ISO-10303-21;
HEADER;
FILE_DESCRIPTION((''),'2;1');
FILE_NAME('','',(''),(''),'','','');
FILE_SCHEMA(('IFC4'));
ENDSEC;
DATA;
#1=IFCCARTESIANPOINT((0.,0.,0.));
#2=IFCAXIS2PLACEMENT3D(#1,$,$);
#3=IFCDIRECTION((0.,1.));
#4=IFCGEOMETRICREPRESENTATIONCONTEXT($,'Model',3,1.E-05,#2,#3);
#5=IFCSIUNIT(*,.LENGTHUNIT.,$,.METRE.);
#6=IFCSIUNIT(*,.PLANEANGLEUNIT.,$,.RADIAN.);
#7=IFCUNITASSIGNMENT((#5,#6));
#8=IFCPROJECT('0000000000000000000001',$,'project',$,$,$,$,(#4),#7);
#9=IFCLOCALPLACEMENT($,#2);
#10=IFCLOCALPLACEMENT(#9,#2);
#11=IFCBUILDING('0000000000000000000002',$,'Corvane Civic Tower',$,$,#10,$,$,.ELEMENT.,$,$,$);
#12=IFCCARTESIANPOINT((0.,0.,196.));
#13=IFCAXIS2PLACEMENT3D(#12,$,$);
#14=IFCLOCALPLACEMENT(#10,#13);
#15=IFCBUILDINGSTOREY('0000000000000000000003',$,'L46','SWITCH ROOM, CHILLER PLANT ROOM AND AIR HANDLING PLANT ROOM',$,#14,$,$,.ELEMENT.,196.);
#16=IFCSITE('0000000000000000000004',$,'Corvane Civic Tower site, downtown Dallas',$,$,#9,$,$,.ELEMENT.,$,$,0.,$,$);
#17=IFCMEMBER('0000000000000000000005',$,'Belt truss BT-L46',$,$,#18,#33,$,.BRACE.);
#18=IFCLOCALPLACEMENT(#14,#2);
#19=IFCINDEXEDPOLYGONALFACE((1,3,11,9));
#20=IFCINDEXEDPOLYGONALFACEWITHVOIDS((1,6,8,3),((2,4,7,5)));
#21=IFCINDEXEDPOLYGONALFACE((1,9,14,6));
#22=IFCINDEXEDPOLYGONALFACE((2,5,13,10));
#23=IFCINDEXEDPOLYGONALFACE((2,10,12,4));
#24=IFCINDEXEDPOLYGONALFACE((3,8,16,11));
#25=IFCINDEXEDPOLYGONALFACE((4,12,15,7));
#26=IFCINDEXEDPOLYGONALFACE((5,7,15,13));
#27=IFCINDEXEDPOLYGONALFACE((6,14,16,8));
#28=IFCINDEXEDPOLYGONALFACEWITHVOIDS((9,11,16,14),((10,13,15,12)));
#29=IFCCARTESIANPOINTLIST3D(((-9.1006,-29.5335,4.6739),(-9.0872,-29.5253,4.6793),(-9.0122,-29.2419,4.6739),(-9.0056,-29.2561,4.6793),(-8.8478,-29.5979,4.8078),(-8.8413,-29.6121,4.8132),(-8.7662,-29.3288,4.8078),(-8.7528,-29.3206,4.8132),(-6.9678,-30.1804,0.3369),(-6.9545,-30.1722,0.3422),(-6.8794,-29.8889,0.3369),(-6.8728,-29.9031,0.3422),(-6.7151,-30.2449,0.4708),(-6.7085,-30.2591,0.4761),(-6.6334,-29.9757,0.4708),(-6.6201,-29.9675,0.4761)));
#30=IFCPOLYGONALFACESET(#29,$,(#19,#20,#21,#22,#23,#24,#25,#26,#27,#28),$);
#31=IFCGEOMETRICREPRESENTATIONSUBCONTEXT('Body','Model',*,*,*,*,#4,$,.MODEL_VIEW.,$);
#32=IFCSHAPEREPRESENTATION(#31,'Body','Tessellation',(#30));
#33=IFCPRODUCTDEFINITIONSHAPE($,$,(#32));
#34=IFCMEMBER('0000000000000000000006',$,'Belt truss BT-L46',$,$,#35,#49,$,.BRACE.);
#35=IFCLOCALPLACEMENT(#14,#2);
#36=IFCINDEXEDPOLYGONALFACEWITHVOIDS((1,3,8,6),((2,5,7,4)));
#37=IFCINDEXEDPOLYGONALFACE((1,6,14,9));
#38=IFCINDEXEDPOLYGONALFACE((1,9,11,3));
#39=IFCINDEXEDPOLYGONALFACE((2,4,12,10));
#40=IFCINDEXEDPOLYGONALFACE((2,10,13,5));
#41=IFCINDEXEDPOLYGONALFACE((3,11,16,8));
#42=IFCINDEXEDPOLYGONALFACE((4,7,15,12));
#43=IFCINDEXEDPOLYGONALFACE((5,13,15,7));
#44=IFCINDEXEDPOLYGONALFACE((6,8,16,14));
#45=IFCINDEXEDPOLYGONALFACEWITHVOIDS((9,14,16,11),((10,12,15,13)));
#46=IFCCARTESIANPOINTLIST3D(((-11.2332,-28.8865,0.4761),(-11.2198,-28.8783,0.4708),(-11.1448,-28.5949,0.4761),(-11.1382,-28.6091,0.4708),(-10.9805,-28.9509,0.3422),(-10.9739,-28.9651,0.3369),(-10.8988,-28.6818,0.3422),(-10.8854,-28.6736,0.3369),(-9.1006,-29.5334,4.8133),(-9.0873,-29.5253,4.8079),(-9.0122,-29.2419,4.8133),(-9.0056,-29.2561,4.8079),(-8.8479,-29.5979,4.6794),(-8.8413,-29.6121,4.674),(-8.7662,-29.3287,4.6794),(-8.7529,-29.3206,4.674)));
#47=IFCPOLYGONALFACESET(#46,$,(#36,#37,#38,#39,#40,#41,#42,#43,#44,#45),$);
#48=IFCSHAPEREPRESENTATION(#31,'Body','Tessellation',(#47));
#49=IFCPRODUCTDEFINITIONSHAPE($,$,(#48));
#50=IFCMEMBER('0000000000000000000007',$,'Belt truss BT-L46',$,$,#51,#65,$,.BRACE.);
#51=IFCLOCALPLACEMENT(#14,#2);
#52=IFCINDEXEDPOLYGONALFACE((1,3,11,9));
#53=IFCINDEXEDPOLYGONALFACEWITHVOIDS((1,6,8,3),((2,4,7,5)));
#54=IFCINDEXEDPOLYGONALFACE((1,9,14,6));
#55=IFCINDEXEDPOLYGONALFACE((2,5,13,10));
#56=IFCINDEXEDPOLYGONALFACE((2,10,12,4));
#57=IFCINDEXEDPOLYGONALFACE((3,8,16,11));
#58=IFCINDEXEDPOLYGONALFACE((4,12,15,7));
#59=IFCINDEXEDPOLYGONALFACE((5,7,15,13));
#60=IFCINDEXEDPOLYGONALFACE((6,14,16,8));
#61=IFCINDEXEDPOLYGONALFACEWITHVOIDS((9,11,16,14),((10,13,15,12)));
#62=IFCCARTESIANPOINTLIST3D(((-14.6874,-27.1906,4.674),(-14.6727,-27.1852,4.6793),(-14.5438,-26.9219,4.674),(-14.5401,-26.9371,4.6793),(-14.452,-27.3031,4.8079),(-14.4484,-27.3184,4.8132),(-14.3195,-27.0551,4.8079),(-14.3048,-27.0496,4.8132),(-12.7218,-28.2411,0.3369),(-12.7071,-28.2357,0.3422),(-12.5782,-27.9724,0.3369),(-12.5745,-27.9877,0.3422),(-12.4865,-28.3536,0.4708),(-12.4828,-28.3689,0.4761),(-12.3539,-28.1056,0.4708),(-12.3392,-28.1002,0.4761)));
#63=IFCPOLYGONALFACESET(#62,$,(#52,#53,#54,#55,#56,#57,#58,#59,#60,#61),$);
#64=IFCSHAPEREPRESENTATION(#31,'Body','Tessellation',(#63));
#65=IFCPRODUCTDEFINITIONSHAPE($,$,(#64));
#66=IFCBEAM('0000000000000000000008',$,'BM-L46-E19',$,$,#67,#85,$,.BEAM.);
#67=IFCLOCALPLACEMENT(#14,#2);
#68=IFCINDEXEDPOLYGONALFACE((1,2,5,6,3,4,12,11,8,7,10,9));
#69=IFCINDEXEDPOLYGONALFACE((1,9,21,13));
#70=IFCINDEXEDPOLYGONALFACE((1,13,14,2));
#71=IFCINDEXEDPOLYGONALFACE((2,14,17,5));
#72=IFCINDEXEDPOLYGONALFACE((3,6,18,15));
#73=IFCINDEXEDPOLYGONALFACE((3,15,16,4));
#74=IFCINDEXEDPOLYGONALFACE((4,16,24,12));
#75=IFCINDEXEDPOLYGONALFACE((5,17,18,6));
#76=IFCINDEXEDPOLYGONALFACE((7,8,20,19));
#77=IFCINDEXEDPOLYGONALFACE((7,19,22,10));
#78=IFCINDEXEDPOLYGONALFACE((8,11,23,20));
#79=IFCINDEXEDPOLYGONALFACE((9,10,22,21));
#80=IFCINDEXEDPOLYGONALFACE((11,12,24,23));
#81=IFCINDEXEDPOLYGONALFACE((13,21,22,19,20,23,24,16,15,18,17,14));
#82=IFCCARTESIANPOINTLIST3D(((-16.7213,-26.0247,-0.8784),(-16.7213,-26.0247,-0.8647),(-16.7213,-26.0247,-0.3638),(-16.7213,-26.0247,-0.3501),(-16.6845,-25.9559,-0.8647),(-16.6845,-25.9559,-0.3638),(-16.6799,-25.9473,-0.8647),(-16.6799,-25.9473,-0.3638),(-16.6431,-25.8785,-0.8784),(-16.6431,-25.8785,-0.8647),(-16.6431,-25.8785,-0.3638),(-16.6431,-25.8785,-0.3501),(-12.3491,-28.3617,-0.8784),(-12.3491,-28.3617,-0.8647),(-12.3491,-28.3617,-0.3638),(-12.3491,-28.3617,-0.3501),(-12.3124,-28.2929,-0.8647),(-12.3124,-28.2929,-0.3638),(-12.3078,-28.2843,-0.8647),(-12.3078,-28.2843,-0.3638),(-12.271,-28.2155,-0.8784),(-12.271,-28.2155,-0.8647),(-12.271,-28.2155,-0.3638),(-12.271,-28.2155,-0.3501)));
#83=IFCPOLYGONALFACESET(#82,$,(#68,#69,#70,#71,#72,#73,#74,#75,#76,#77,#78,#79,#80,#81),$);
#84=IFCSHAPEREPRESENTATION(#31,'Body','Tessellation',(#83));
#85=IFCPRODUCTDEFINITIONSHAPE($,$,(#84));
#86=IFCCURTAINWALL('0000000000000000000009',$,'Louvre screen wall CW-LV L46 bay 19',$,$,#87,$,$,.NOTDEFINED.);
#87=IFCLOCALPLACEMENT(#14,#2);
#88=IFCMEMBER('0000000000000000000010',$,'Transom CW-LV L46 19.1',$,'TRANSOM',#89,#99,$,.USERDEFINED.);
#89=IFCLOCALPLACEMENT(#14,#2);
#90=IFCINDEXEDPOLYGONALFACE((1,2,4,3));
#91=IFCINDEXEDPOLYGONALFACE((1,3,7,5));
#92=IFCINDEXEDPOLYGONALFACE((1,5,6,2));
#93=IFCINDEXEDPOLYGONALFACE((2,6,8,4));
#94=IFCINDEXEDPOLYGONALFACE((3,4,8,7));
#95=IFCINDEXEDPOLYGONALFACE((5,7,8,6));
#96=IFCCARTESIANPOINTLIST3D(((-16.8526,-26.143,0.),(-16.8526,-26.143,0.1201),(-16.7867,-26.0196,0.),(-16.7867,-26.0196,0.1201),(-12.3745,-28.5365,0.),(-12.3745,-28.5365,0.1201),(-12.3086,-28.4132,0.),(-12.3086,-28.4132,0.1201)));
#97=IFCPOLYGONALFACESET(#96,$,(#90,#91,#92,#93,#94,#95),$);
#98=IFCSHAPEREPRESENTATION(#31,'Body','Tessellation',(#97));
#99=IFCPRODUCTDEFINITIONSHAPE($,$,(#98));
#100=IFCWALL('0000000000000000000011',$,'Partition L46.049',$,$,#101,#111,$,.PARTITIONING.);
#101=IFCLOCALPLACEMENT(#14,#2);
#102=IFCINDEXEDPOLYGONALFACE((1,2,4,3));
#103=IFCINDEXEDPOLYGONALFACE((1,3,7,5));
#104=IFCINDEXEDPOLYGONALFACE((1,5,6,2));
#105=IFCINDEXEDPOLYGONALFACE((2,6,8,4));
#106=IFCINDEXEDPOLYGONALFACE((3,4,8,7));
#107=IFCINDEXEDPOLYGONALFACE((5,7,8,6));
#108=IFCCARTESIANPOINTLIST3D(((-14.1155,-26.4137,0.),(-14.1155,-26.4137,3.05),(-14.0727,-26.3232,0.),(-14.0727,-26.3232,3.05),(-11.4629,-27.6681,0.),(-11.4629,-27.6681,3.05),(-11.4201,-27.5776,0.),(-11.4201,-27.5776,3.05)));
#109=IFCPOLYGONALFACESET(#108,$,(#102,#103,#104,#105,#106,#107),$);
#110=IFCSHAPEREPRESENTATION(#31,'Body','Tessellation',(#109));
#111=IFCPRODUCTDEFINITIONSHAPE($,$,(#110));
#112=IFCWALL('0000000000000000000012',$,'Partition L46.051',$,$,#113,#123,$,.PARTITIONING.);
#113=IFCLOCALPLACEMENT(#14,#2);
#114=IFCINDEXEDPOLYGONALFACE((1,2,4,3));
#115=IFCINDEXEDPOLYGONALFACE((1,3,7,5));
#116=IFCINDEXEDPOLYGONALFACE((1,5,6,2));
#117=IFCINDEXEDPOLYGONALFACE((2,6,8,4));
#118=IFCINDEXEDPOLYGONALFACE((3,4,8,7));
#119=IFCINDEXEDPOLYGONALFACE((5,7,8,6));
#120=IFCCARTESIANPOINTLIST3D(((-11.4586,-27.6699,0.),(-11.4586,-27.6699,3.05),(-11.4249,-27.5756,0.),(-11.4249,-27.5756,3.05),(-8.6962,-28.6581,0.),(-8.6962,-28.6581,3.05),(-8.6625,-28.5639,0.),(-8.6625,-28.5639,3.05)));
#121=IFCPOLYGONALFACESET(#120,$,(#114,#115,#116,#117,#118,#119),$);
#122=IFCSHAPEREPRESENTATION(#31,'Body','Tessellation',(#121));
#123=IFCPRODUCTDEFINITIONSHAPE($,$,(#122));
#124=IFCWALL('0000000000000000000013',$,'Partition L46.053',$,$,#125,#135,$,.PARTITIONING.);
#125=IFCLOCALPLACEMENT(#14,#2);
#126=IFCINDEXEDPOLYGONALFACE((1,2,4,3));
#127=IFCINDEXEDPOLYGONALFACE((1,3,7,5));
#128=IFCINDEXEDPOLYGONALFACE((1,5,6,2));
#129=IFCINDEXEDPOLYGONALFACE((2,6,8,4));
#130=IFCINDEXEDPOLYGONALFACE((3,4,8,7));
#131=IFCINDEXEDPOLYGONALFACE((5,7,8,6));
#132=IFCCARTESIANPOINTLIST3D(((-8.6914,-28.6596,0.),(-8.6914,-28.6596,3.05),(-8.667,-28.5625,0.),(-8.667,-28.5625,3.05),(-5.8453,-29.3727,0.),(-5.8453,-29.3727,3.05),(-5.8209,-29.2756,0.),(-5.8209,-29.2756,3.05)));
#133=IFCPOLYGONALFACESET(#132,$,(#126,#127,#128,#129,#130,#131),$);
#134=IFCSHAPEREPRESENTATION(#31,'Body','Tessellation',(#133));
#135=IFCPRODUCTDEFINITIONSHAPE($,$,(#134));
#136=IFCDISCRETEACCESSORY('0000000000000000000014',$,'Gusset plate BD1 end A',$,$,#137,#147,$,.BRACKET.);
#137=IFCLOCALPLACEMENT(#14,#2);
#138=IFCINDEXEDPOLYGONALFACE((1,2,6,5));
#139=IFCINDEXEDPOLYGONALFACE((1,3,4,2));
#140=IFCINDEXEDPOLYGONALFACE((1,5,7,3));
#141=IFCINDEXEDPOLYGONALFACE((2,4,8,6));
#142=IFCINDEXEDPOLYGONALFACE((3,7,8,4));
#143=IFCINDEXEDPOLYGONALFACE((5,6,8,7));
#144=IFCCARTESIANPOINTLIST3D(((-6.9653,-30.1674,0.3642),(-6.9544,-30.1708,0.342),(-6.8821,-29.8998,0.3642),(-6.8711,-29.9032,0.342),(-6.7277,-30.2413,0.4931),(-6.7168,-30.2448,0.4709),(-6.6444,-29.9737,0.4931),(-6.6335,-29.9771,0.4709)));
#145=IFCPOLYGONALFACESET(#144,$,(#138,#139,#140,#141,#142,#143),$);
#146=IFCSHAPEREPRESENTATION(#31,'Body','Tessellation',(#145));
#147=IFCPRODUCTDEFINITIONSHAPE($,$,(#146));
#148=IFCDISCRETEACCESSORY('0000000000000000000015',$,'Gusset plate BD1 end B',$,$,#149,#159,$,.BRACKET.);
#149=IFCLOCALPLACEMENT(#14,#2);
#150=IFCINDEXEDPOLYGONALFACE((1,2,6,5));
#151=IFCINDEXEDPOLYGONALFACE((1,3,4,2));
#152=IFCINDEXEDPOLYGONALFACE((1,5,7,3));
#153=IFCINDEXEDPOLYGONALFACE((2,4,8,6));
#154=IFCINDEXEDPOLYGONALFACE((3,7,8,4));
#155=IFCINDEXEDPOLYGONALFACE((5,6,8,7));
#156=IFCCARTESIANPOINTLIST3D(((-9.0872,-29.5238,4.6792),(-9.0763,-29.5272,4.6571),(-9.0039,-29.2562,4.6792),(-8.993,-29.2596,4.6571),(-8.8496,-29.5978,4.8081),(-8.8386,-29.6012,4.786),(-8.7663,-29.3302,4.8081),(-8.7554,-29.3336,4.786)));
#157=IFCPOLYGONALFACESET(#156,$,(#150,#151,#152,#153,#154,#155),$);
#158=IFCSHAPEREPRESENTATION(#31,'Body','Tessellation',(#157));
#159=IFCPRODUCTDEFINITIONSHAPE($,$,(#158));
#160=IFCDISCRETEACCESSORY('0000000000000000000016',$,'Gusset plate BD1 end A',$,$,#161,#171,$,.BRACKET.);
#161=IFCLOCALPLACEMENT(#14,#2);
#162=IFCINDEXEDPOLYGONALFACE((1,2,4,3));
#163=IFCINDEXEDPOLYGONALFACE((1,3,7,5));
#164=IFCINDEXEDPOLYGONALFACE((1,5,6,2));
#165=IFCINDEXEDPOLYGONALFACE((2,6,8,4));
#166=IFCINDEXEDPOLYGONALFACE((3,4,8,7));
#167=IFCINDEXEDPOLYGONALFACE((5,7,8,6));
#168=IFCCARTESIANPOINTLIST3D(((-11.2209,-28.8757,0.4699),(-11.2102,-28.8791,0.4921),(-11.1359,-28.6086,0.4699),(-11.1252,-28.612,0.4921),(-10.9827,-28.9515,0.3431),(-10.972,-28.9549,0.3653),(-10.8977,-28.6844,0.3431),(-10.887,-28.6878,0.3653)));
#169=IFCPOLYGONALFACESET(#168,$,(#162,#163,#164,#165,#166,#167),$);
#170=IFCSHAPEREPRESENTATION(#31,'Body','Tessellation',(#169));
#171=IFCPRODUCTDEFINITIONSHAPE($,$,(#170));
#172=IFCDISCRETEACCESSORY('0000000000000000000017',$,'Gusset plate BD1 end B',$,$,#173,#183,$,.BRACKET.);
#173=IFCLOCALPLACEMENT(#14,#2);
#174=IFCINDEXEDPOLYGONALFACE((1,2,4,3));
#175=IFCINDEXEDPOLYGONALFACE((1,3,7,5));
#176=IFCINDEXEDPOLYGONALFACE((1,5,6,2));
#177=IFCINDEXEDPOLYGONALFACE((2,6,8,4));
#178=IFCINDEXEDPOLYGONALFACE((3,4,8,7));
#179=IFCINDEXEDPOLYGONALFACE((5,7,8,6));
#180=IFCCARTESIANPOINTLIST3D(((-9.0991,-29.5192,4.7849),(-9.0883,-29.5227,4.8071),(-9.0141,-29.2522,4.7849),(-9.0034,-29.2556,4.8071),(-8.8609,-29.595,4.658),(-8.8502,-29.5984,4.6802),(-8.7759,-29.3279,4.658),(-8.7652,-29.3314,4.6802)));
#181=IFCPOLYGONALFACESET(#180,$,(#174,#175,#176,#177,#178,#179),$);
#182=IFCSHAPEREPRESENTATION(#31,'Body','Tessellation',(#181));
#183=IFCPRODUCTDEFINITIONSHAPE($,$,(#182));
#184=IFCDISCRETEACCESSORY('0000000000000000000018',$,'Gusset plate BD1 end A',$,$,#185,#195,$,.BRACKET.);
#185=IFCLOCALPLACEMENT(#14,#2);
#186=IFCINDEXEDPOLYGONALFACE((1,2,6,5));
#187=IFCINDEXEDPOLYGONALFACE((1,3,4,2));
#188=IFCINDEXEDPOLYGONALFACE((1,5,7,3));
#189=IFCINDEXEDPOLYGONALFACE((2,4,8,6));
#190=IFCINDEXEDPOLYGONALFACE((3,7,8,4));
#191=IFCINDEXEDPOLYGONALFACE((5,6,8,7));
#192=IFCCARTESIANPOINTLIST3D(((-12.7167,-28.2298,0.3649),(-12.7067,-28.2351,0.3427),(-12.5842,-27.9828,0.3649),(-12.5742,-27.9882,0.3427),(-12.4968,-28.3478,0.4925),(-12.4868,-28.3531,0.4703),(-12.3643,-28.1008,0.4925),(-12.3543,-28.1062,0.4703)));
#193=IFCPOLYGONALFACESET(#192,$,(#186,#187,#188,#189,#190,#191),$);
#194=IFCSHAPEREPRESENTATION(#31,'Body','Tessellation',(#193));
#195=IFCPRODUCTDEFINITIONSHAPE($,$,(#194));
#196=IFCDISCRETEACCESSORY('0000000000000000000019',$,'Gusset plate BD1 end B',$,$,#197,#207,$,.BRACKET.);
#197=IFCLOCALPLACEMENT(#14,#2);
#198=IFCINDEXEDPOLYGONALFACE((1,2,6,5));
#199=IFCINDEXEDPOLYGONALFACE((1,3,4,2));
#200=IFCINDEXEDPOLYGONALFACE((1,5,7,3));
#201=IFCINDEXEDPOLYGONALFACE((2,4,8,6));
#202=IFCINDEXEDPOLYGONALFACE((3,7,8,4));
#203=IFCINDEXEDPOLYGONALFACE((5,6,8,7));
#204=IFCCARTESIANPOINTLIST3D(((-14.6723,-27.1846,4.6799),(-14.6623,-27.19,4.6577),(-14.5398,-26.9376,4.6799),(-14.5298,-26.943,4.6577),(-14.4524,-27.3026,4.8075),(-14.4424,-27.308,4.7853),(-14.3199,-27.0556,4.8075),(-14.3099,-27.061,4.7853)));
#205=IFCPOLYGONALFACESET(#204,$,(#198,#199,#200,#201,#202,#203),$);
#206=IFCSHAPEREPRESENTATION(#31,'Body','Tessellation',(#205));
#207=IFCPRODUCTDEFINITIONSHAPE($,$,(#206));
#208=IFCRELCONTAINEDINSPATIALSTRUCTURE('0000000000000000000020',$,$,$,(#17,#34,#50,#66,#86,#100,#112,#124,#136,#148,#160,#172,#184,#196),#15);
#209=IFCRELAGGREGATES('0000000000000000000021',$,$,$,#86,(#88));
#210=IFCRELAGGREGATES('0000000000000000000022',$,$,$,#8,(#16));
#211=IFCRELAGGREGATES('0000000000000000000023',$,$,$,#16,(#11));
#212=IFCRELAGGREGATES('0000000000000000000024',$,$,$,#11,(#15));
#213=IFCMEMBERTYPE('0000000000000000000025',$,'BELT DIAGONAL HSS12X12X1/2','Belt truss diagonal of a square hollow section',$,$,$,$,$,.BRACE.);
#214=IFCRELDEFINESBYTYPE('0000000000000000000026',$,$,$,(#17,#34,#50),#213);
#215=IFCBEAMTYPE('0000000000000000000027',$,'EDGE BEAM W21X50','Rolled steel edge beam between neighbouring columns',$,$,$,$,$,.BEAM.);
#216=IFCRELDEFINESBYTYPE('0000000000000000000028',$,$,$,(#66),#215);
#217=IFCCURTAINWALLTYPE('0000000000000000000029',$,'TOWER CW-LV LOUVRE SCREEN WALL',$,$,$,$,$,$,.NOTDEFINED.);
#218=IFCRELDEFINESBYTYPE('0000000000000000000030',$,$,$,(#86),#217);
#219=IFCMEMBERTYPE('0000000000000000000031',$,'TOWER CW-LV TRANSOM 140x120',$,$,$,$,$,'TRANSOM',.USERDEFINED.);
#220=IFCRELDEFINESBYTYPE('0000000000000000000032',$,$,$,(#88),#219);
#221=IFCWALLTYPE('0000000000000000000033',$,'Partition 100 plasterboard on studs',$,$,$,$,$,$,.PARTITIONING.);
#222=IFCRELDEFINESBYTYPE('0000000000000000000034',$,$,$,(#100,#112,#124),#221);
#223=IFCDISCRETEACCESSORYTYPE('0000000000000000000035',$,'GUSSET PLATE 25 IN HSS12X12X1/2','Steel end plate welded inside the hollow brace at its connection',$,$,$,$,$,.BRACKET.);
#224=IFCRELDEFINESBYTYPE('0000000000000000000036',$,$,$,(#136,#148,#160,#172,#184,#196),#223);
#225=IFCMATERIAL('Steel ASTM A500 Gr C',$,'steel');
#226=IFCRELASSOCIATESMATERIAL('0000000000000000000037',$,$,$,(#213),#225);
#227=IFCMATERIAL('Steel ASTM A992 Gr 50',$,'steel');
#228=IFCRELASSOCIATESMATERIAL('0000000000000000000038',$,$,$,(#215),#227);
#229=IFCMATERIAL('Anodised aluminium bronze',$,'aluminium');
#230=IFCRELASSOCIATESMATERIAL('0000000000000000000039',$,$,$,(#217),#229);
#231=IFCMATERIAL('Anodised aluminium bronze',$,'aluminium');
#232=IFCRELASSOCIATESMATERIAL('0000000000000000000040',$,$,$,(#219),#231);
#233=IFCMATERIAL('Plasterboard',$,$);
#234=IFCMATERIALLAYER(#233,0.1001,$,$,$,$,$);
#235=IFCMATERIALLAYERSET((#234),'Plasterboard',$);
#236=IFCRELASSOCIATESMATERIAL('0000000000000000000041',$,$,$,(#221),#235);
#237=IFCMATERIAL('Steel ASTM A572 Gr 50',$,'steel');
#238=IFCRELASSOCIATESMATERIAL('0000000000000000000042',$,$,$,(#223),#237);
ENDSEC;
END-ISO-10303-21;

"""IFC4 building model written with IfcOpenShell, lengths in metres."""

from ifc_helpers import new_model, si_unit, direction, frame, frame_2d, origin, origin_2d, place, context, subcontext, project, spatial, rectangle, hollow_rectangle, i_section, extrude, material, layer, layer_set, material_profile, profile_set, type_object, element, aggregate, save


model = new_model("IFC4")

# Units and contexts
model_context = context("Model", 3, precision=1e-05, world=origin(), true_north=direction((0.0, 1.0)))
body_context = subcontext(model_context, "Body", "Model", "MODEL_VIEW")
ifc_project = project(units=[si_unit("LENGTHUNIT", "METRE"), si_unit("PLANEANGLEUNIT", "RADIAN")], contexts=[model_context])

# Site, building, storey
site_placement = place(None, origin())
site = spatial("IfcSite", under=ifc_project, at=site_placement, Name="Corvane Civic Tower site, downtown Dallas", CompositionType="ELEMENT", RefElevation=0.0)
building_placement = place(site_placement, origin())
building = spatial("IfcBuilding", under=site, at=building_placement, Name="Corvane Civic Tower", CompositionType="ELEMENT")
storey_placement = place(building_placement, frame((0.0, 0.0, 196.0)))
storey = spatial("IfcBuildingStorey", under=building, at=storey_placement, Name="L46", Description="SWITCH ROOM, CHILLER PLANT ROOM AND AIR HANDLING PLANT ROOM", CompositionType="ELEMENT", Elevation=196.0)

# Members
ifc_material_1 = material(Name="Steel ASTM A500 Gr C", Category="steel")
ifc_material_profile_1 = material_profile(ifc_material_1, hollow_rectangle(XDim=0.3047, YDim=0.3047, WallThickness=0.0117, at=origin_2d()), Name="HSS12X12X1/2")
ifc_profile_set_1 = profile_set([ifc_material_profile_1], Name="Steel ASTM A500 Gr C")
member_type_1 = type_object("IfcMemberType", Name="BELT DIAGONAL HSS12X12X1/2", Description="Belt truss diagonal of a square hollow section", PredefinedType="BRACE", material=ifc_profile_set_1)
for number, where, z_axis, x_axis, name in (
    (1, (-6.7939, -30.074, 0.4065), (-0.437382, 0.132677, 0.889434), (-0.290281, -0.956941, 0.0), "Belt truss BT-L46"),
    (2, (-11.0593, -28.78, 0.4065), (0.437342, -0.13268, 0.889454), (0.290311, 0.956932, 0.0), "Belt truss BT-L46"),
    (3, (-12.5305, -28.1707, 0.4065), (-0.40309, 0.215438, 0.889441), (-0.471367, -0.881937, 0.0), "Belt truss BT-L46"),
):
    element("IfcMember", number, at=place(storey_placement, frame(where, z_axis=z_axis, x_axis=x_axis)), inside=storey, type_object=member_type_1, Name=name, PredefinedType="BRACE", context=body_context, shape_type="SweptSolid", body=[
        extrude(hollow_rectangle(XDim=0.3047, YDim=0.3047, WallThickness=0.0117, at=origin_2d()), origin(), (0.0, 0.0, 1.0), 4.8762),
    ])

# Beam
ifc_material_2 = material(Name="Steel ASTM A992 Gr 50", Category="steel")
ifc_material_profile_2 = material_profile(ifc_material_2, i_section(OverallWidth=0.1658, OverallDepth=0.5283, WebThickness=0.0098, FlangeThickness=0.0137, at=origin_2d()), Name="W21X50")
ifc_profile_set_2 = profile_set([ifc_material_profile_2], Name="Steel ASTM A992 Gr 50")
beam_type = type_object("IfcBeamType", Name="EDGE BEAM W21X50", Description="Rolled steel edge beam between neighbouring columns", PredefinedType="BEAM", material=ifc_profile_set_2)
beam_placement = place(storey_placement, frame((-12.3101, -28.2886, -0.6143), z_axis=(-0.881922, 0.471396, 0.0), x_axis=(-0.471396, -0.881922, 0.0)))
element("IfcBeam", 4, at=beam_placement, inside=storey, type_object=beam_type, Name="BM-L46-E19", PredefinedType="BEAM", context=body_context, shape_type="SweptSolid", body=[
    extrude(i_section(OverallWidth=0.1658, OverallDepth=0.5283, WebThickness=0.0098, FlangeThickness=0.0137, at=origin_2d()), origin(), (0.0, 0.0, 1.0), 4.9575),
])

# Curtain wall, member
ifc_material_3 = material(Name="Anodised aluminium bronze", Category="aluminium")
curtain_wall_type = type_object("IfcCurtainWallType", Name="TOWER CW-LV LOUVRE SCREEN WALL", PredefinedType="NOTDEFINED", material=ifc_material_3)
curtain_wall_placement = place(storey_placement, origin())
curtain_wall = element("IfcCurtainWall", 5, at=curtain_wall_placement, inside=storey, type_object=curtain_wall_type, Name="Louvre screen wall CW-LV L46 bay 19", PredefinedType="NOTDEFINED")
ifc_material_4 = material(Name="Anodised aluminium bronze", Category="aluminium")
ifc_material_profile_3 = material_profile(ifc_material_4, rectangle(XDim=0.1399, YDim=0.1201, at=origin_2d()), Name="TOWER CW-LV TRANSOM 140x120")
ifc_profile_set_3 = profile_set([ifc_material_profile_3], Name="Anodised aluminium bronze")
member_type_2 = type_object("IfcMemberType", Name="TOWER CW-LV TRANSOM 140x120", ElementType="TRANSOM", PredefinedType="USERDEFINED", material=ifc_profile_set_3)
member_1_placement = place(storey_placement, frame((-12.3416, -28.4749, 0.0601), z_axis=(-0.881921, 0.471397, 0.0), x_axis=(-0.471397, -0.881921, 0.0)))
member_1 = element("IfcMember", 6, at=member_1_placement, type_object=member_type_2, Name="Transom CW-LV L46 19.1", ObjectType="TRANSOM", PredefinedType="USERDEFINED", context=body_context, shape_type="SweptSolid", body=[
    extrude(rectangle(XDim=0.1399, YDim=0.1201, at=origin_2d()), origin(), (0.0, 0.0, 1.0), 5.0776),
])

# Walls
ifc_material_5 = material(Name="Plasterboard")
ifc_layer = layer(ifc_material_5, 0.1001)
ifc_layer_set = layer_set([ifc_layer], Name="Plasterboard")
wall_type = type_object("IfcWallType", Name="Partition 100 plasterboard on studs", PredefinedType="PARTITIONING", material=ifc_layer_set)
wall_1_placement = place(storey_placement, frame((-14.0942, -26.3684, 0.0), z_axis=(0.0, 0.0, 1.0), x_axis=(0.904014, -0.427503, 0.0)))
element("IfcWall", 7, at=wall_1_placement, inside=storey, type_object=wall_type, Name="Partition L46.049", PredefinedType="PARTITIONING", context=body_context, shape_type="SweptSolid", body=[
    extrude(rectangle(XDim=2.9343, YDim=0.1001, at=frame_2d((1.4673, 0.0))), origin(), (0.0, 0.0, 1.0), 3.05),
])
wall_2_placement = place(storey_placement, frame((-11.4417, -27.6228, 0.0), z_axis=(0.0, 0.0, 1.0), x_axis=(0.941559, -0.336848, 0.0)))
element("IfcWall", 8, at=wall_2_placement, inside=storey, type_object=wall_type, Name="Partition L46.051", PredefinedType="PARTITIONING", context=body_context, shape_type="SweptSolid", body=[
    extrude(rectangle(XDim=2.9338, YDim=0.1001, at=frame_2d((1.4668, 0.0))), origin(), (0.0, 0.0, 1.0), 3.05),
])
wall_3_placement = place(storey_placement, frame((-8.6792, -28.6111, 0.0), z_axis=(0.0, 0.0, 1.0), x_axis=(0.970015, -0.243045, 0.0)))
element("IfcWall", 9, at=wall_3_placement, inside=storey, type_object=wall_type, Name="Partition L46.053", PredefinedType="PARTITIONING", context=body_context, shape_type="SweptSolid", body=[
    extrude(rectangle(XDim=2.9341, YDim=0.1001, at=frame_2d((1.467, 0.0))), origin(), (0.0, 0.0, 1.0), 3.05),
])

aggregate(curtain_wall, [member_1])

# Discrete accessories
ifc_material_6 = material(Name="Steel ASTM A572 Gr 50", Category="steel")
ifc_material_profile_4 = material_profile(ifc_material_6, rectangle(XDim=0.2803, YDim=0.2803, at=origin_2d()), Name="GUSSET PLATE 25 IN HSS12X12X1/2")
ifc_profile_set_4 = profile_set([ifc_material_profile_4], Name="Steel ASTM A572 Gr 50")
discrete_accessory_type = type_object("IfcDiscreteAccessoryType", Name="GUSSET PLATE 25 IN HSS12X12X1/2", Description="Steel end plate welded inside the hollow brace at its connection", PredefinedType="BRACKET", material=ifc_profile_set_4)
for number, where, z_axis, x_axis, name in (
    (10, (-6.7939, -30.074, 0.4065), (-0.439113, 0.136613, 0.887985), (-0.297067, -0.954857, 0.0), "Gusset plate BD1 end A"),
    (11, (-8.9268, -29.427, 4.7437), (0.439113, -0.136613, -0.887985), (0.297067, 0.954857, 0.0), "Gusset plate BD1 end B"),
    (12, (-11.0593, -28.78, 0.4065), (0.431186, -0.137196, 0.891771), (0.303204, 0.952926, 0.0), "Gusset plate BD1 end A"),
    (13, (-8.9268, -29.427, 4.7437), (-0.431186, 0.137196, -0.891771), (-0.303204, -0.952926, 0.0), "Gusset plate BD1 end B"),
    (14, (-12.5305, -28.1707, 0.4065), (-0.401152, 0.215252, 0.890362), (-0.472818, -0.88116, 0.0), "Gusset plate BD1 end A"),
    (15, (-14.4961, -27.1201, 4.7437), (0.401152, -0.215252, -0.890362), (0.472818, 0.88116, 0.0), "Gusset plate BD1 end B"),
):
    element("IfcDiscreteAccessory", number, at=place(storey_placement, frame(where, z_axis=z_axis, x_axis=x_axis)), inside=storey, type_object=discrete_accessory_type, Name=name, PredefinedType="BRACKET", context=body_context, shape_type="SweptSolid", body=[
        extrude(rectangle(XDim=0.2803, YDim=0.2803, at=origin_2d()), origin(), (0.0, 0.0, 1.0), 0.0249),
    ])

save(model, "model.ifc")
